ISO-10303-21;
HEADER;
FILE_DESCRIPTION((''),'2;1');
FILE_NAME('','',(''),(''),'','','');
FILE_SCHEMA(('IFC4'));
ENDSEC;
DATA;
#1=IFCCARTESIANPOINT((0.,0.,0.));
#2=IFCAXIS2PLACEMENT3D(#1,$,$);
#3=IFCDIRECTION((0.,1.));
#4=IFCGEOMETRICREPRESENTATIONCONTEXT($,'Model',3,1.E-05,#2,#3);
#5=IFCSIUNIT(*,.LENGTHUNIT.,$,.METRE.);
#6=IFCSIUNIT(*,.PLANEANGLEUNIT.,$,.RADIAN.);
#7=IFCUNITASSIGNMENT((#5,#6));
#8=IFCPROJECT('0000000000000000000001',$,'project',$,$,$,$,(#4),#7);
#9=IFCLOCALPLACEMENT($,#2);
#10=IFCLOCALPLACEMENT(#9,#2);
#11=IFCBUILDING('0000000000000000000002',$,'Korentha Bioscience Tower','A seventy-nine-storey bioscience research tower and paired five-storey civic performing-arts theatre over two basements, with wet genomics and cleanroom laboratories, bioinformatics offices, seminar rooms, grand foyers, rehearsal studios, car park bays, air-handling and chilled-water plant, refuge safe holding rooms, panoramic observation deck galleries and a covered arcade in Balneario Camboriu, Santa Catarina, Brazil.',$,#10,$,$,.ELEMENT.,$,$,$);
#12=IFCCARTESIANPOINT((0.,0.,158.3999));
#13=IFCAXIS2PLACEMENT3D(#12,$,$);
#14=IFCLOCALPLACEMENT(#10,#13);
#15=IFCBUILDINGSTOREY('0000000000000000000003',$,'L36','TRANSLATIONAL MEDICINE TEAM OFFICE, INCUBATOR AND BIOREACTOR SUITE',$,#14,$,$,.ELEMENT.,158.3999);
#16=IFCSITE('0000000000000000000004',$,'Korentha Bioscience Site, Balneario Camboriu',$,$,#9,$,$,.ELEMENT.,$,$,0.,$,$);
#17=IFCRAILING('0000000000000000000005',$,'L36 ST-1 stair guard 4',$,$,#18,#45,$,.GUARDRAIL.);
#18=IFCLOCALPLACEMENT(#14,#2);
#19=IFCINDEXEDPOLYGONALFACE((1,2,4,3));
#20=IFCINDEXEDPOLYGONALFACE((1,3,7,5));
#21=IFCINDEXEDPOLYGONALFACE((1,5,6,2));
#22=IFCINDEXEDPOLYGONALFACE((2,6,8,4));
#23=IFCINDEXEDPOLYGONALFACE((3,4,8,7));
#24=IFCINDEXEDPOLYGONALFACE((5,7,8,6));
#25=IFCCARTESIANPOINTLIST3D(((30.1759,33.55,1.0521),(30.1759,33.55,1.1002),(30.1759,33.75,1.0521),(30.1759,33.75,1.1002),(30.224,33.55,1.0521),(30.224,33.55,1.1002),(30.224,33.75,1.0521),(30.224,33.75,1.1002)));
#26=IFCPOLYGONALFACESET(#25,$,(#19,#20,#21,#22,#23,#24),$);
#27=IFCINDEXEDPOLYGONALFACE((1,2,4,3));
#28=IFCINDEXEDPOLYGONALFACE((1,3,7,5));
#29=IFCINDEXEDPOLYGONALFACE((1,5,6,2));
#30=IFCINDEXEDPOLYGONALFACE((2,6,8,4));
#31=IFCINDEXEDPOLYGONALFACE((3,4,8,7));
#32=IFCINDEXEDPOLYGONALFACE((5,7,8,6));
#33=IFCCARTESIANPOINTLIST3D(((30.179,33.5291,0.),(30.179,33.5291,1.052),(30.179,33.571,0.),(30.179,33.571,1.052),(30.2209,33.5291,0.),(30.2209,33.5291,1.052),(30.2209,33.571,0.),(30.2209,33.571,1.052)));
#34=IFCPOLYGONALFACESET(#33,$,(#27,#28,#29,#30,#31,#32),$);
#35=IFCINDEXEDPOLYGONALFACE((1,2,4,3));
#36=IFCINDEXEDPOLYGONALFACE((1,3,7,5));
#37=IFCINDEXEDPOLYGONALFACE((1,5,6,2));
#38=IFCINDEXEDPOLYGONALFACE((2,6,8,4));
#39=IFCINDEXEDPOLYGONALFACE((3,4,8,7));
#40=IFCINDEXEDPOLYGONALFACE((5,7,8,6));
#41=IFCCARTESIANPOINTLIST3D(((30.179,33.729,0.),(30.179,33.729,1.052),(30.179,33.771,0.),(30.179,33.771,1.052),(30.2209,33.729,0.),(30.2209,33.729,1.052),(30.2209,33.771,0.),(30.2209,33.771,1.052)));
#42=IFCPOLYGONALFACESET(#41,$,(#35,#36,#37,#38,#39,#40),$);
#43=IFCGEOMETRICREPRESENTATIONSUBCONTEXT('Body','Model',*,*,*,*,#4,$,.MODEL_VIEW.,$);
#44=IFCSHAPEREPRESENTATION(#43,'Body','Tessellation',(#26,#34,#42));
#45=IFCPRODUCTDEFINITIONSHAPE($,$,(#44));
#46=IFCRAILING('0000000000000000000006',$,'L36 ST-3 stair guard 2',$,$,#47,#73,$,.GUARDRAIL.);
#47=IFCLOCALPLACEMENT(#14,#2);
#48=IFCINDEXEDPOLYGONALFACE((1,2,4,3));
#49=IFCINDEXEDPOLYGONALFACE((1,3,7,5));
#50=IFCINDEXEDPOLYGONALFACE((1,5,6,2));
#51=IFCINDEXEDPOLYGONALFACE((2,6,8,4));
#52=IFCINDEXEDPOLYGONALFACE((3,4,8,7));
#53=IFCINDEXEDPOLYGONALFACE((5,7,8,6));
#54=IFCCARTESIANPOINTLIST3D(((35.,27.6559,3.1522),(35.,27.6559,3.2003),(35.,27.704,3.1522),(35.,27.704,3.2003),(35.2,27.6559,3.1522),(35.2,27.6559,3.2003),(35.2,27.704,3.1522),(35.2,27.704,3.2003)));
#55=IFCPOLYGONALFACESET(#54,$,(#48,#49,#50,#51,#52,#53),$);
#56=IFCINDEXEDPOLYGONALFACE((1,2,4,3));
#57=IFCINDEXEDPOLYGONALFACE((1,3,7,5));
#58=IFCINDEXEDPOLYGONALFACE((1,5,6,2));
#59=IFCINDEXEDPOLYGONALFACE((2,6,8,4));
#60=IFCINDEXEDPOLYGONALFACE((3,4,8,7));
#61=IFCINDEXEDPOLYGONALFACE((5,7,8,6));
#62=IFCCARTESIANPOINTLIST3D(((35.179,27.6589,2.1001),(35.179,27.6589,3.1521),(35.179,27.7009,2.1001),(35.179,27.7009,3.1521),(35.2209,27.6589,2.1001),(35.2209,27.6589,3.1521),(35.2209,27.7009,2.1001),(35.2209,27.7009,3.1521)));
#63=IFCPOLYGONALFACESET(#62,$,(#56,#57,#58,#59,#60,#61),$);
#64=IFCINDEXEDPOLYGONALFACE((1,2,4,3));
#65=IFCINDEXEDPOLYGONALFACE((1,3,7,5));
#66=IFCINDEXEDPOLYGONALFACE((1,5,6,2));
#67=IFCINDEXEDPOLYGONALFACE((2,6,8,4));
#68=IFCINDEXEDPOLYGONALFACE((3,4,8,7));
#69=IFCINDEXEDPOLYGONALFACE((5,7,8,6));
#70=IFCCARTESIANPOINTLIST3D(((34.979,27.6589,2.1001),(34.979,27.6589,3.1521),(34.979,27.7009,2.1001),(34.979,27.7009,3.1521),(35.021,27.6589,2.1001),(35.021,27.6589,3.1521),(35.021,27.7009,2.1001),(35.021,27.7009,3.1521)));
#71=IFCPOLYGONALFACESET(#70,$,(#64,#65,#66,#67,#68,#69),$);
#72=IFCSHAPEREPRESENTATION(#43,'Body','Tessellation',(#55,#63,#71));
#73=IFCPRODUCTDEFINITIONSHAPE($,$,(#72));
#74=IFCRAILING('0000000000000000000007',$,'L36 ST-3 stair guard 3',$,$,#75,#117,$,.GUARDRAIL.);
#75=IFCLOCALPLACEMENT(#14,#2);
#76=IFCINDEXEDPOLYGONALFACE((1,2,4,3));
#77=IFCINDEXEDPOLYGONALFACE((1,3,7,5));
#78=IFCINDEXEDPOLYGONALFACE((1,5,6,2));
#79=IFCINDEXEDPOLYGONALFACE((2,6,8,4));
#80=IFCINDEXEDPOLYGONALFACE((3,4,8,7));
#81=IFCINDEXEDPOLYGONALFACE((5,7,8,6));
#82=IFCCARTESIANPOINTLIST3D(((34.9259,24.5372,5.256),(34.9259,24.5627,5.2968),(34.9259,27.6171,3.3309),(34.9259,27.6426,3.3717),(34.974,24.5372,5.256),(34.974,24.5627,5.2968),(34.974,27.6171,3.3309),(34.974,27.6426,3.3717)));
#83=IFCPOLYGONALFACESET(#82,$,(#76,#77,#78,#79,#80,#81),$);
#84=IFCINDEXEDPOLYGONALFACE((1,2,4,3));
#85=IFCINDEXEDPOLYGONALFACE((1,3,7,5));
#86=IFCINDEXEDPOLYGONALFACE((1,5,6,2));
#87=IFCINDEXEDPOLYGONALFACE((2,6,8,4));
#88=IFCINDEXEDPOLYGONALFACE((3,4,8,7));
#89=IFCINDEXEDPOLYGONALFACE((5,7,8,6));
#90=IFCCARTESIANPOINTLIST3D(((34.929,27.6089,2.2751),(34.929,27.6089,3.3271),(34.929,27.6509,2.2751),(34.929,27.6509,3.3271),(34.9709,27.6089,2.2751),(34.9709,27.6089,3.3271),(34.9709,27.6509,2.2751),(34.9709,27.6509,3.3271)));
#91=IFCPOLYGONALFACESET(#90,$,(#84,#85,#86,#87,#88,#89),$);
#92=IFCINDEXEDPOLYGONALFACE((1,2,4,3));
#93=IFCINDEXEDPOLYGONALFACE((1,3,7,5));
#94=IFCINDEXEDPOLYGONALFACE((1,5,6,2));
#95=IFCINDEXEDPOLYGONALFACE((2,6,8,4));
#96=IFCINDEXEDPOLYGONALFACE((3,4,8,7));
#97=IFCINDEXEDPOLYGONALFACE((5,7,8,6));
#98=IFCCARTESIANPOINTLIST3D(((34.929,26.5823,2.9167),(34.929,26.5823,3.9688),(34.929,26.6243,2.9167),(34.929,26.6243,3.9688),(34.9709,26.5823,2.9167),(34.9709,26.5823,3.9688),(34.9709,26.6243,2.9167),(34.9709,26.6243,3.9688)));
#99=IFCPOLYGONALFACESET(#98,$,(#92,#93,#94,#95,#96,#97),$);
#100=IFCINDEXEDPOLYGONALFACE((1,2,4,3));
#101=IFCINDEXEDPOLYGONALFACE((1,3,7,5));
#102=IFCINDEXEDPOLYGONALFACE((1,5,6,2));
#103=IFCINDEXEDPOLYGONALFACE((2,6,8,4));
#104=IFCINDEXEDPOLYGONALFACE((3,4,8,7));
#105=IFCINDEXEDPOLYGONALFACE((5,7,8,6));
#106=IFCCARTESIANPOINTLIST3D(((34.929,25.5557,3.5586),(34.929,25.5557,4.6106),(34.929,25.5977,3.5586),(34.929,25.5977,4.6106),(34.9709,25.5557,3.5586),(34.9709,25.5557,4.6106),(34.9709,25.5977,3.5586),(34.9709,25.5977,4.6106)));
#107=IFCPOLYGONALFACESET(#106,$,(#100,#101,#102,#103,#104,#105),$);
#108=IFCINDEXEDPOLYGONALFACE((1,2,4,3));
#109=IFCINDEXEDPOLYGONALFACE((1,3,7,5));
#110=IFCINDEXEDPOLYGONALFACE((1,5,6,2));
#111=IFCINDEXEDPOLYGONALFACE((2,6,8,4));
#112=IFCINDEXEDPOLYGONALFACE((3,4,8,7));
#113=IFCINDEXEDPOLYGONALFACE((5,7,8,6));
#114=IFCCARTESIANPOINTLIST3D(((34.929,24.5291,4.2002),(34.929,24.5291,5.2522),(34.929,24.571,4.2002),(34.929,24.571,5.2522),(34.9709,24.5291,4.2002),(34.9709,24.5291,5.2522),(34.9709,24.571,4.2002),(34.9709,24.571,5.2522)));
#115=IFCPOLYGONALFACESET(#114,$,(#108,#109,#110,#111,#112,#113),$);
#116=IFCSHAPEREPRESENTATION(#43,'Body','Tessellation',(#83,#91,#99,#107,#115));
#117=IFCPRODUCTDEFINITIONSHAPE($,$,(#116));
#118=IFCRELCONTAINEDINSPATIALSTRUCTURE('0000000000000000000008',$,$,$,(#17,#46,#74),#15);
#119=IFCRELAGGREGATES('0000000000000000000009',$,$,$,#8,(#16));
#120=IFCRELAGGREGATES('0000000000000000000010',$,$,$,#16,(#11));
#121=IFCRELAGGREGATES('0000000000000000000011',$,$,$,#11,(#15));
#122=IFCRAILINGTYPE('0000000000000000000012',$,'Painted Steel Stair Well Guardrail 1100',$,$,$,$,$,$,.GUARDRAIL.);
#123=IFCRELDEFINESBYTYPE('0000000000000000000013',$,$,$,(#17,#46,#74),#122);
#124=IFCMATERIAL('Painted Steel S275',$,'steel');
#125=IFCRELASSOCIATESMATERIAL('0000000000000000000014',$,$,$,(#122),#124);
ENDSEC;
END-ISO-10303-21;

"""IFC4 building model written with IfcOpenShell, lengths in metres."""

from ifc_helpers import new_model, si_unit, direction, frame, origin, origin_2d, place, context, subcontext, project, spatial, rectangle, extrude, material, type_object, element, save


model = new_model("IFC4")

# Units and contexts
model_context = context("Model", 3, precision=1e-05, world=origin(), true_north=direction((0.0, 1.0)))
body_context = subcontext(model_context, "Body", "Model", "MODEL_VIEW")
ifc_project = project(units=[si_unit("LENGTHUNIT", "METRE"), si_unit("PLANEANGLEUNIT", "RADIAN")], contexts=[model_context])

# Site, building, storey
site_placement = place(None, origin())
site = spatial("IfcSite", under=ifc_project, at=site_placement, Name="Korentha Bioscience Site, Balneario Camboriu", CompositionType="ELEMENT", RefElevation=0.0)
building_placement = place(site_placement, origin())
building = spatial("IfcBuilding", under=site, at=building_placement, Name="Korentha Bioscience Tower", Description="A seventy-nine-storey bioscience research tower and paired five-storey civic performing-arts theatre over two basements, with wet genomics and cleanroom laboratories, bioinformatics offices, seminar rooms, grand foyers, rehearsal studios, car park bays, air-handling and chilled-water plant, refuge safe holding rooms, panoramic observation deck galleries and a covered arcade in Balneario Camboriu, Santa Catarina, Brazil.", CompositionType="ELEMENT")
storey_placement = place(building_placement, frame((0.0, 0.0, 158.3999)))
storey = spatial("IfcBuildingStorey", under=building, at=storey_placement, Name="L36", Description="TRANSLATIONAL MEDICINE TEAM OFFICE, INCUBATOR AND BIOREACTOR SUITE", CompositionType="ELEMENT", Elevation=158.3999)

# Railings
ifc_material_1 = material(Name="Painted Steel S275", Category="steel")
railing_type_1 = type_object("IfcRailingType", Name="Painted Steel Stair Well Guardrail 1100", PredefinedType="GUARDRAIL", material=ifc_material_1)
railing_1_placement = place(storey_placement, frame((30.2, 33.55, 0.0)))
element("IfcRailing", 1, at=railing_1_placement, inside=storey, type_object=railing_type_1, Name="L36 ST-1 stair guard 4", PredefinedType="GUARDRAIL", context=body_context, shape_type="SweptSolid", body=[
    extrude(rectangle(XDim=0.0481, YDim=0.0481, at=origin_2d()), frame((0.0, 0.0, 1.0762), z_axis=(0.0, 1.0, 0.0), x_axis=(-1.0, 0.0, 0.0)), (0.0, 0.0, 1.0), 0.2),
    extrude(rectangle(XDim=0.042, YDim=0.042, at=origin_2d()), origin(), (0.0, 0.0, 1.0), 1.052),
    extrude(rectangle(XDim=0.042, YDim=0.042, at=origin_2d()), frame((0.0, 0.2, 0.0)), (0.0, 0.0, 1.0), 1.052),
])
railing_2_placement = place(storey_placement, frame((35.2, 27.6799, 2.1001)))
element("IfcRailing", 2, at=railing_2_placement, inside=storey, type_object=railing_type_1, Name="L36 ST-3 stair guard 2", PredefinedType="GUARDRAIL", context=body_context, shape_type="SweptSolid", body=[
    extrude(rectangle(XDim=0.0481, YDim=0.0481, at=origin_2d()), frame((0.0, 0.0, 1.0762), z_axis=(-1.0, 0.0, 0.0), x_axis=(0.0, -1.0, 0.0)), (0.0, 0.0, 1.0), 0.2),
    extrude(rectangle(XDim=0.042, YDim=0.042, at=origin_2d()), origin(), (0.0, 0.0, 1.0), 1.052),
    extrude(rectangle(XDim=0.042, YDim=0.042, at=origin_2d()), frame((-0.2, 0.0, 0.0)), (0.0, 0.0, 1.0), 1.052),
])
railing_3_placement = place(storey_placement, frame((34.95, 27.6299, 2.2751)))
element("IfcRailing", 3, at=railing_3_placement, inside=storey, type_object=railing_type_1, Name="L36 ST-3 stair guard 3", PredefinedType="GUARDRAIL", context=body_context, shape_type="SweptSolid", body=[
    extrude(rectangle(XDim=0.0481, YDim=0.0481, at=origin_2d()), frame((0.0, 0.0, 1.0762), z_axis=(0.0, -0.847979, 0.530029), x_axis=(1.0, 0.0, 0.0)), (0.0, 0.0, 1.0), 3.6321),
    extrude(rectangle(XDim=0.042, YDim=0.042, at=origin_2d()), origin(), (0.0, 0.0, 1.0), 1.052),
    extrude(rectangle(XDim=0.042, YDim=0.042, at=origin_2d()), frame((0.0, -1.0266, 0.6416)), (0.0, 0.0, 1.0), 1.052),
    extrude(rectangle(XDim=0.042, YDim=0.042, at=origin_2d()), frame((0.0, -2.0532, 1.2834)), (0.0, 0.0, 1.0), 1.052),
    extrude(rectangle(XDim=0.042, YDim=0.042, at=origin_2d()), frame((0.0, -3.0798, 1.925)), (0.0, 0.0, 1.0), 1.052),
])

save(model, "model.ifc")
